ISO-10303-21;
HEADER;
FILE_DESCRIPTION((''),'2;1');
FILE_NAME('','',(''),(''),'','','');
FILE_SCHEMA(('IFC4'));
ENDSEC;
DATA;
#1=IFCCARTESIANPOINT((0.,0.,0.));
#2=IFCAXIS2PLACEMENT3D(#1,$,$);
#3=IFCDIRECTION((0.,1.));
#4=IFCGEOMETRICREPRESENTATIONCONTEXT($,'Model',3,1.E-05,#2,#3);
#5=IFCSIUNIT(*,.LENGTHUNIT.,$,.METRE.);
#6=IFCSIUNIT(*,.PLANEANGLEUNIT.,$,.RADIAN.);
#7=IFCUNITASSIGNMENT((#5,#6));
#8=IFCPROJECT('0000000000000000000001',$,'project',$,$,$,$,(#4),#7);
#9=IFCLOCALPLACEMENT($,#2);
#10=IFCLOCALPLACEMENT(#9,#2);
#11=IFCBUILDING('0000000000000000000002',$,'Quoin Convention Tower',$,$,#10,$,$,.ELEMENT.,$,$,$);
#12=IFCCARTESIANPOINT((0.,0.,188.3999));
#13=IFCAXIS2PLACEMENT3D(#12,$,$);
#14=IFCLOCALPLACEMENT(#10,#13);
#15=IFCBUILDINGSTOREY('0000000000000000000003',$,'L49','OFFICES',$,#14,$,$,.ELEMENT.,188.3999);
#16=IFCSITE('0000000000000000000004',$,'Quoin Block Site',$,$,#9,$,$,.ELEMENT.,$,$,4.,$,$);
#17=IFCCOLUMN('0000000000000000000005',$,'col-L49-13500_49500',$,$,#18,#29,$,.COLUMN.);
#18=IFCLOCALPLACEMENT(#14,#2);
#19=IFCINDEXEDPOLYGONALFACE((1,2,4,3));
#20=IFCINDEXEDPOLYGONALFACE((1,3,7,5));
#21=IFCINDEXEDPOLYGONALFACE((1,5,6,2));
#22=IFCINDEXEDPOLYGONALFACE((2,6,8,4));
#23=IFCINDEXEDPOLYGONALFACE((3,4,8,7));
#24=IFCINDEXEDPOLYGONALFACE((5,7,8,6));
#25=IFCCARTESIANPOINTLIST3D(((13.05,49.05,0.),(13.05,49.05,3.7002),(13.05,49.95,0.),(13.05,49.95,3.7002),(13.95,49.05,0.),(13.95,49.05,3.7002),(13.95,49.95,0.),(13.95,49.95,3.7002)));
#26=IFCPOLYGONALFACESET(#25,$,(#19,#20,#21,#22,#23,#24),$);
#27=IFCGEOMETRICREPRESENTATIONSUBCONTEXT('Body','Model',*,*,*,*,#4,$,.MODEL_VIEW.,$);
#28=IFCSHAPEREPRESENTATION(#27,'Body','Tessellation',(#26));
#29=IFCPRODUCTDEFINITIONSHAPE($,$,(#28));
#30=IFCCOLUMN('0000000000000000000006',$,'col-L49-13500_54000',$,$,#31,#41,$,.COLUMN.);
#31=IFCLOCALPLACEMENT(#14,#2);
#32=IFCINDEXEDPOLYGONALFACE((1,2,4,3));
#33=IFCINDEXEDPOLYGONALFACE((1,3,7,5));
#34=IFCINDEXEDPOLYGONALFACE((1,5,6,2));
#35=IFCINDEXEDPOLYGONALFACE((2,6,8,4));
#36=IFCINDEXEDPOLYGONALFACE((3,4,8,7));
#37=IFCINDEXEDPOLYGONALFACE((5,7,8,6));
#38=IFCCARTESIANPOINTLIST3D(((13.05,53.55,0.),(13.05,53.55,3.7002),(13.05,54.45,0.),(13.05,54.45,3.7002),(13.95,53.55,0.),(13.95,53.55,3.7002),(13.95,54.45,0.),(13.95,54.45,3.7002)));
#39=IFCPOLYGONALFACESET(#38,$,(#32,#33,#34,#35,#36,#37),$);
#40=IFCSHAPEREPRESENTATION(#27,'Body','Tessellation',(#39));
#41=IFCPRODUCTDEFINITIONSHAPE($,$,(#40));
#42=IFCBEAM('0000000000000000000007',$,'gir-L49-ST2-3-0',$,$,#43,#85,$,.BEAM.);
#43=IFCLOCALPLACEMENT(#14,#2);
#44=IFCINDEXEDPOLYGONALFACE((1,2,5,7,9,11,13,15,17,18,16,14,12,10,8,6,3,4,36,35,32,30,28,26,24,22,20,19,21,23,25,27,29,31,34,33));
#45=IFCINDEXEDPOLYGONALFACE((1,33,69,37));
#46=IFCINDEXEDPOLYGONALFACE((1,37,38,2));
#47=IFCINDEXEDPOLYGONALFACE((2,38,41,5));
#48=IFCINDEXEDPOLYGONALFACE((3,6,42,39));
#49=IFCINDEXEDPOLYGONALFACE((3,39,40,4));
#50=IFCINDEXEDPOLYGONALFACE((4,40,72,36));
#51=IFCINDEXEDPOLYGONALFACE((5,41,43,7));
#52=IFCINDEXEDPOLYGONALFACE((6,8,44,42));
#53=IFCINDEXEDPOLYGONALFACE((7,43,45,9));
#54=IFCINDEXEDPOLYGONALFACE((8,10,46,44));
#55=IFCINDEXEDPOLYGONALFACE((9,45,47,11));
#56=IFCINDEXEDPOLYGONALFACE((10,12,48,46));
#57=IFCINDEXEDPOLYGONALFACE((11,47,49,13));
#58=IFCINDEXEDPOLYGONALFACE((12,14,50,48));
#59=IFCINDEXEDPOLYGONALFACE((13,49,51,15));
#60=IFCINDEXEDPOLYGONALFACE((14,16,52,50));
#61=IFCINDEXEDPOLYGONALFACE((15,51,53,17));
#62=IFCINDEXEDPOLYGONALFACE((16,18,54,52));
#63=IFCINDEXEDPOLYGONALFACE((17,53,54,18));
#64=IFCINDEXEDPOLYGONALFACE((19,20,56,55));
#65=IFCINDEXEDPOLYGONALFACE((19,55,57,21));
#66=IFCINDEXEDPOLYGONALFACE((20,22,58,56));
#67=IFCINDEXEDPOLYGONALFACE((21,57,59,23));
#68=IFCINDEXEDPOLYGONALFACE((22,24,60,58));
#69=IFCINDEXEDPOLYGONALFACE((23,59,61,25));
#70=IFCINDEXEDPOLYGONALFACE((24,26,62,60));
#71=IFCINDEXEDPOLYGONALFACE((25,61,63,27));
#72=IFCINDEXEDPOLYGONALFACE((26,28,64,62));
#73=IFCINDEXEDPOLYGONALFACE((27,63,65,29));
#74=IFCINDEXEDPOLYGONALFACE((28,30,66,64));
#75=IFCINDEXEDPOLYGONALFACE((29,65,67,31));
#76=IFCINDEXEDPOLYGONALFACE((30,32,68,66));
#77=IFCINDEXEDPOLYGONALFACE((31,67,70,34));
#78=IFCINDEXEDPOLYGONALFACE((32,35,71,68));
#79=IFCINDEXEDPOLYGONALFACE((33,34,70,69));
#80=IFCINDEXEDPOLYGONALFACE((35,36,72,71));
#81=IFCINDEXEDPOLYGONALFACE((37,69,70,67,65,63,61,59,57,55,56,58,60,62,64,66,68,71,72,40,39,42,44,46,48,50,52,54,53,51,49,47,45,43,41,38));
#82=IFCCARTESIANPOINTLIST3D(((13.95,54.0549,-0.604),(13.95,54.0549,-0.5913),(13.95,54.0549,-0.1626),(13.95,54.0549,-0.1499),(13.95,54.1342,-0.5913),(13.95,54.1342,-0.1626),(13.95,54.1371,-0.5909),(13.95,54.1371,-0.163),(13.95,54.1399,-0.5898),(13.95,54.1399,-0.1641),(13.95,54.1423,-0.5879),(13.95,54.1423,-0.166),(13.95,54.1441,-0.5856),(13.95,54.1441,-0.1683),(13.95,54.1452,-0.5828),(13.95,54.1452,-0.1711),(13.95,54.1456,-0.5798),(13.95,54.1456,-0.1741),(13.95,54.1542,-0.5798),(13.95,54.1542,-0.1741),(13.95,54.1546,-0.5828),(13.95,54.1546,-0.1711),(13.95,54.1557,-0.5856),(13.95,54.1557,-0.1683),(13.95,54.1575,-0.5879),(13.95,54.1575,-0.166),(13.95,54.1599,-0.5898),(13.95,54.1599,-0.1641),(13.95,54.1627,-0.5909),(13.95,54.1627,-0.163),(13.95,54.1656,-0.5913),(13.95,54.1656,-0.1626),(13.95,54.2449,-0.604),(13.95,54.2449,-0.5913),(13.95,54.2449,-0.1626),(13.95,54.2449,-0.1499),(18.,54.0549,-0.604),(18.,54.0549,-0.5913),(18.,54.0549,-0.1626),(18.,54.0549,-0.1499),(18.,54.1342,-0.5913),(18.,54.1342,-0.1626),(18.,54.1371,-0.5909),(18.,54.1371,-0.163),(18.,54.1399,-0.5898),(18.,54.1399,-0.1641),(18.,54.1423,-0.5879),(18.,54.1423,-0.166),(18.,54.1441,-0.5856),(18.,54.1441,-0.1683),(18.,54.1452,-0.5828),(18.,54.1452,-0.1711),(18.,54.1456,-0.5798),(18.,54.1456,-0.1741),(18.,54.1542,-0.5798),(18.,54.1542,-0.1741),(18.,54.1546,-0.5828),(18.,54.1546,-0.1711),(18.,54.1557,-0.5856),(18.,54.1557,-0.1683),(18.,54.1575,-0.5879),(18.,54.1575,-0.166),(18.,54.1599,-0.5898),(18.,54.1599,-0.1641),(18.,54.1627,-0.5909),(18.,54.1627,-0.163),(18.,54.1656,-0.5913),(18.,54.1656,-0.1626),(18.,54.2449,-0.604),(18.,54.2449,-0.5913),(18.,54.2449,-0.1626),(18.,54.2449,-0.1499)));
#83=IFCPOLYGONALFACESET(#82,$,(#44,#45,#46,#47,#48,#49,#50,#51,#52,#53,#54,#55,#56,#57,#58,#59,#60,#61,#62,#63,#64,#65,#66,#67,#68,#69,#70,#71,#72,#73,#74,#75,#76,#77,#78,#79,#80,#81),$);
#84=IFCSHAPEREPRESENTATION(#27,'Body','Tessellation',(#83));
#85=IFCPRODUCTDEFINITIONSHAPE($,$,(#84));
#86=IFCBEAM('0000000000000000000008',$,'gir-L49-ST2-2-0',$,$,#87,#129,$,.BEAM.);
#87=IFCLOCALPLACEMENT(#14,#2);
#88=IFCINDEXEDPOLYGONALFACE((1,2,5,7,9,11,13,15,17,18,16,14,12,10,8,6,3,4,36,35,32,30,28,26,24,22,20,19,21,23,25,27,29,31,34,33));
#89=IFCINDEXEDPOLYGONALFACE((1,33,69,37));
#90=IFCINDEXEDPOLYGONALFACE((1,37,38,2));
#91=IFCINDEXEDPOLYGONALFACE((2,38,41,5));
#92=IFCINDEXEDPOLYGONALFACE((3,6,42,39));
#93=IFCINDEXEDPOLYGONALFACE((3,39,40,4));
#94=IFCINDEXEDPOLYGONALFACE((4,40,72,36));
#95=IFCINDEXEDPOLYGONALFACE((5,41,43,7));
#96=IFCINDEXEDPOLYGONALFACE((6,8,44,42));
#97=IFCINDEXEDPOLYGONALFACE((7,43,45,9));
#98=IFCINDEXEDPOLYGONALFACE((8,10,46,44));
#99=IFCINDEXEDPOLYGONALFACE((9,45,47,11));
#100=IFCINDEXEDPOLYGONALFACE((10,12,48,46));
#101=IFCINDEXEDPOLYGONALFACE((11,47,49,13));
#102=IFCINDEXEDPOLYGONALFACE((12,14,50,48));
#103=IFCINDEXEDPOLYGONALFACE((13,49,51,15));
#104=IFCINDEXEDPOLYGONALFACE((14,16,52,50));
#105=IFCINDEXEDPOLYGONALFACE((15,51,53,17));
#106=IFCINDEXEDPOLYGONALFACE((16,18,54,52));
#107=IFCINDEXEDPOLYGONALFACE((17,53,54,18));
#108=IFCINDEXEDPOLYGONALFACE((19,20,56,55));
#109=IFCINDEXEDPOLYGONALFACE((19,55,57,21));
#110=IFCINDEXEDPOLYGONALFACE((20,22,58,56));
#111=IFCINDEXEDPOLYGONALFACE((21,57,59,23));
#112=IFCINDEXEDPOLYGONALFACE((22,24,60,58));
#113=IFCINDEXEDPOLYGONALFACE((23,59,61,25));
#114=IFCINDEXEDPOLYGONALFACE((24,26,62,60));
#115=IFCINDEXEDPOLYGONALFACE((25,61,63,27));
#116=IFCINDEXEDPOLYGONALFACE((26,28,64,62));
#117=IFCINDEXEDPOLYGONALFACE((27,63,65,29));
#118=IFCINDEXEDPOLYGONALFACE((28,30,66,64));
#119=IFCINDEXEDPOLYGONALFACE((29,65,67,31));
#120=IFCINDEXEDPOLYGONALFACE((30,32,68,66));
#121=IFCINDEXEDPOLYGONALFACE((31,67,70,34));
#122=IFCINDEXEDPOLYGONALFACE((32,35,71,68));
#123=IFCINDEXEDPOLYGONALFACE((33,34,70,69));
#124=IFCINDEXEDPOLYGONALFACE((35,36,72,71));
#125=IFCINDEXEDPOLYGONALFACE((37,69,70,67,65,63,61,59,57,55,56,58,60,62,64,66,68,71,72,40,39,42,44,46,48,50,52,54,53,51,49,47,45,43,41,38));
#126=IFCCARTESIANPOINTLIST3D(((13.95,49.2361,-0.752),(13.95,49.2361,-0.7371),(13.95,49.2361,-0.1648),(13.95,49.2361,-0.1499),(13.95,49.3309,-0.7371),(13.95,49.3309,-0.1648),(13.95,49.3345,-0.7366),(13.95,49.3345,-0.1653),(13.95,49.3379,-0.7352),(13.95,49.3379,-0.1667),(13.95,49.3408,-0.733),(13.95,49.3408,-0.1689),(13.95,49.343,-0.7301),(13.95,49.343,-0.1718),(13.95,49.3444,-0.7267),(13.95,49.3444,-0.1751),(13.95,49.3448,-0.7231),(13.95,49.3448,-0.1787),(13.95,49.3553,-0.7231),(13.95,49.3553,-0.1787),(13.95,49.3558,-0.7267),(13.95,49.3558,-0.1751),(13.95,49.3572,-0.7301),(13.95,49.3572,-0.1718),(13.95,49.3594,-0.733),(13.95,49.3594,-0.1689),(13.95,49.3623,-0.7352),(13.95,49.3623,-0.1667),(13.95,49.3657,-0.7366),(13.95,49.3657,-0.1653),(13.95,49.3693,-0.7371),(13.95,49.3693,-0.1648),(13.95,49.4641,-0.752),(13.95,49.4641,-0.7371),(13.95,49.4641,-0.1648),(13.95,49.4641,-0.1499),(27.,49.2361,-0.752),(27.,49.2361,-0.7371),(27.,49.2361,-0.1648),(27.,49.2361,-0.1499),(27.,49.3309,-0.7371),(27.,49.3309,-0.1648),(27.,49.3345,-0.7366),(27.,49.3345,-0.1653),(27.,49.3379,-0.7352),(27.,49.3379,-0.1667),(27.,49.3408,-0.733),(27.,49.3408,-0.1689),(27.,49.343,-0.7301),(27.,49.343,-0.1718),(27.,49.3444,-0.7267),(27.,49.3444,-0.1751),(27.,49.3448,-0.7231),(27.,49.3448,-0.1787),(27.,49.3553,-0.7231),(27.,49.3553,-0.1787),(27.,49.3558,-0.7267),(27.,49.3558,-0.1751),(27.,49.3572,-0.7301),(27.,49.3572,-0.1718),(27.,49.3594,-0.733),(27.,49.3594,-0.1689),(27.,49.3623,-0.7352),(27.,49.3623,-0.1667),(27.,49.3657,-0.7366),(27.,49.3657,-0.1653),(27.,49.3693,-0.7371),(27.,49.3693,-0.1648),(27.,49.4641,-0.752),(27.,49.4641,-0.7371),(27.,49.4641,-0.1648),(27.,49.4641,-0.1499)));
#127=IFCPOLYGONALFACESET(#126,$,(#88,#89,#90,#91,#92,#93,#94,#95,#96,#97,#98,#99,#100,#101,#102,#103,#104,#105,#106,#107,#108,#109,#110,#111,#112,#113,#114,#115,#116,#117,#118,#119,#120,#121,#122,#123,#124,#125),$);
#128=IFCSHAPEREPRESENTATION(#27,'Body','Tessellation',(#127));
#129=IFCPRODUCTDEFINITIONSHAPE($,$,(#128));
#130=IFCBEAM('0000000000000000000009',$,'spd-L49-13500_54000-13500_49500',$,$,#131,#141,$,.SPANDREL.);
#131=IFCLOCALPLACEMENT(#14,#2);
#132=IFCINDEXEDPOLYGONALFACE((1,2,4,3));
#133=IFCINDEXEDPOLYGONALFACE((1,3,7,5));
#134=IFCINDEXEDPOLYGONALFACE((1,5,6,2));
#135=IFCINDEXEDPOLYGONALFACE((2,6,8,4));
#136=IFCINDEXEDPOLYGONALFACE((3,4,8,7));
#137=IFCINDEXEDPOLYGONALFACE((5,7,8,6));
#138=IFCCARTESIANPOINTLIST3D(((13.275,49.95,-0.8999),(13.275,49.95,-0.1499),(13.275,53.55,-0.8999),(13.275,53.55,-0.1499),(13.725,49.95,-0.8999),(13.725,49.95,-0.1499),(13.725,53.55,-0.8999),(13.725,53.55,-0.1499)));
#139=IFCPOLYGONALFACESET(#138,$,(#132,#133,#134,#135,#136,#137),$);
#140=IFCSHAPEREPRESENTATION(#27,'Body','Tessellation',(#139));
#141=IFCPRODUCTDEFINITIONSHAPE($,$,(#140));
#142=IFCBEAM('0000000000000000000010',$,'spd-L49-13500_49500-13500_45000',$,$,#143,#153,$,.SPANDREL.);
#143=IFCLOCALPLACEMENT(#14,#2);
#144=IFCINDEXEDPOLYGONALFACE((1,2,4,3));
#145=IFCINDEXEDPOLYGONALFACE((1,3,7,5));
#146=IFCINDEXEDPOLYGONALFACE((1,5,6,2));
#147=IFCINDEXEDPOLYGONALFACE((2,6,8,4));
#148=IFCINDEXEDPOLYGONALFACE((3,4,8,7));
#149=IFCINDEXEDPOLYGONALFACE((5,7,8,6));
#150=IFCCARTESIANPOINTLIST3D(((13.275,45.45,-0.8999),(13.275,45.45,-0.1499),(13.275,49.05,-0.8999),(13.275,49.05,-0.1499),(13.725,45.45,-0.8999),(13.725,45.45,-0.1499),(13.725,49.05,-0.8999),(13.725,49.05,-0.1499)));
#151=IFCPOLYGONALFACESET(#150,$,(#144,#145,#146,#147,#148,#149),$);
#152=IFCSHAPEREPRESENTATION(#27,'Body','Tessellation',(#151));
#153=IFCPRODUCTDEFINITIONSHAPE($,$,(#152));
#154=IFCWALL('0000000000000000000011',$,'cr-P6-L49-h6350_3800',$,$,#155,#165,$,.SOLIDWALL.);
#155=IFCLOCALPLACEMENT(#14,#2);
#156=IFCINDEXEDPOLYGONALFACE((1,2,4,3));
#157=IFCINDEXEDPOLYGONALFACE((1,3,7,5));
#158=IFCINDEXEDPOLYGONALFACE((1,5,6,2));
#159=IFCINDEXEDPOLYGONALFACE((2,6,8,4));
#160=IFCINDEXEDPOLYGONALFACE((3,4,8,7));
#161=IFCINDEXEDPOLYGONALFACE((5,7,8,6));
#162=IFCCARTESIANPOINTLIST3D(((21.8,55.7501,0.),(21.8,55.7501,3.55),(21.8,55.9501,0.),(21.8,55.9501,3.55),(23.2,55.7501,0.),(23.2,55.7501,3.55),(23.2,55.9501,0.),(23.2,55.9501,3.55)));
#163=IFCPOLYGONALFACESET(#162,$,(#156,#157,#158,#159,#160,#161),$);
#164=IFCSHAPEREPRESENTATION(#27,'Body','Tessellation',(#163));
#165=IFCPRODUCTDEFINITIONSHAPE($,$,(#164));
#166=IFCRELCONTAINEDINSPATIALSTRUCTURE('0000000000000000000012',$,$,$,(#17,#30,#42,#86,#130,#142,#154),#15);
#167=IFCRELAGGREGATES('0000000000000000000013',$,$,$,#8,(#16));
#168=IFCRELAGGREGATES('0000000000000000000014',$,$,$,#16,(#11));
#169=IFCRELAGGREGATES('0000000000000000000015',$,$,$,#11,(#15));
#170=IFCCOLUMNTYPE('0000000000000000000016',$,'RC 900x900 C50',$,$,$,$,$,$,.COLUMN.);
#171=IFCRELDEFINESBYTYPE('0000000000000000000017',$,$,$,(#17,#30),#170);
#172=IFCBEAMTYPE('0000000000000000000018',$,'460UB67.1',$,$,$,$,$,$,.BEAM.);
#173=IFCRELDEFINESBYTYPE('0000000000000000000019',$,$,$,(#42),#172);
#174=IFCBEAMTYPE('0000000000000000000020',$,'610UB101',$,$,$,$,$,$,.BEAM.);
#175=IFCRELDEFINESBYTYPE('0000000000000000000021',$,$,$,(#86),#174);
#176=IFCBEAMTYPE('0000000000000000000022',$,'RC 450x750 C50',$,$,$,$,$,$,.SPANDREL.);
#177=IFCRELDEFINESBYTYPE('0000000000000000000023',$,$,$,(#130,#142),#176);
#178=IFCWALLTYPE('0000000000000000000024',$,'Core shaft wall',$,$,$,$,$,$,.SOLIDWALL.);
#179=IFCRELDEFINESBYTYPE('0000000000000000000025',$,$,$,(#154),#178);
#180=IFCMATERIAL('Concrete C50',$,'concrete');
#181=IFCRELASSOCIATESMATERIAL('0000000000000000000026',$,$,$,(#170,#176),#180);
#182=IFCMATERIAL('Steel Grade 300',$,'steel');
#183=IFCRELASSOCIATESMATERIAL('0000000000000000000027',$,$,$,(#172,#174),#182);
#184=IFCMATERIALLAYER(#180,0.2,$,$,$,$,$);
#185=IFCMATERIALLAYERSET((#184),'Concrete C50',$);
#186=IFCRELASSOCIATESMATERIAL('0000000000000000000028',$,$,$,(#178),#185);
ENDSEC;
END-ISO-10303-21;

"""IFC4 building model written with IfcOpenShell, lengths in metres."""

from ifc_helpers import new_model, si_unit, direction, frame, frame_2d, origin, origin_2d, place, context, subcontext, project, spatial, rectangle, i_section, extrude, material, layer, layer_set, material_profile, profile_set, type_object, element, save


model = new_model("IFC4")

# Units and contexts
model_context = context("Model", 3, precision=1e-05, world=origin(), true_north=direction((0.0, 1.0)))
body_context = subcontext(model_context, "Body", "Model", "MODEL_VIEW")
ifc_project = project(units=[si_unit("LENGTHUNIT", "METRE"), si_unit("PLANEANGLEUNIT", "RADIAN")], contexts=[model_context])

# Site, building, storey
site_placement = place(None, origin())
site = spatial("IfcSite", under=ifc_project, at=site_placement, Name="Quoin Block Site", CompositionType="ELEMENT", RefElevation=4.0)
building_placement = place(site_placement, origin())
building = spatial("IfcBuilding", under=site, at=building_placement, Name="Quoin Convention Tower", CompositionType="ELEMENT")
storey_placement = place(building_placement, frame((0.0, 0.0, 188.3999)))
storey = spatial("IfcBuildingStorey", under=building, at=storey_placement, Name="L49", Description="OFFICES", CompositionType="ELEMENT", Elevation=188.3999)

# Columns
ifc_material_1 = material(Name="Concrete C50", Category="concrete")
ifc_material_profile_1 = material_profile(ifc_material_1, rectangle(XDim=0.8999, YDim=0.8999, at=origin_2d()), Name="RC 900x900")
ifc_profile_set_1 = profile_set([ifc_material_profile_1], Name="Concrete C50")
column_type = type_object("IfcColumnType", Name="RC 900x900 C50", PredefinedType="COLUMN", material=ifc_profile_set_1)
for number, where, z_axis, x_axis, name in (
    (1, (13.5, 49.5, 0.0), (0.0, 0.0, 1.0), (1.0, 0.0, 0.0), "col-L49-13500_49500"),
    (2, (13.5, 54.0, 0.0), (0.0, 0.0, 1.0), (1.0, 0.0, 0.0), "col-L49-13500_54000"),
):
    element("IfcColumn", number, at=place(storey_placement, frame(where, z_axis=z_axis, x_axis=x_axis)), inside=storey, type_object=column_type, Name=name, PredefinedType="COLUMN", context=body_context, shape_type="SweptSolid", body=[
        extrude(rectangle(XDim=0.8999, YDim=0.8999, at=origin_2d()), origin(), (0.0, 0.0, 1.0), 3.7002),
    ])

# Beams
ifc_material_2 = material(Name="Steel Grade 300", Category="steel")
ifc_material_profile_2 = material_profile(ifc_material_2, i_section(OverallWidth=0.1899, OverallDepth=0.4541, WebThickness=0.0085, FlangeThickness=0.0127, FilletRadius=0.0115, at=origin_2d()), Name="460UB67.1")
ifc_profile_set_2 = profile_set([ifc_material_profile_2], Name="Steel Grade 300")
beam_type_1 = type_object("IfcBeamType", Name="460UB67.1", PredefinedType="BEAM", material=ifc_profile_set_2)
beam_1_placement = place(storey_placement, frame((13.95, 54.1499, -0.377), z_axis=(1.0, 0.0, 0.0), x_axis=(0.0, 1.0, 0.0)))
element("IfcBeam", 3, at=beam_1_placement, inside=storey, type_object=beam_type_1, Name="gir-L49-ST2-3-0", PredefinedType="BEAM", context=body_context, shape_type="SweptSolid", body=[
    extrude(i_section(OverallWidth=0.1899, OverallDepth=0.4541, WebThickness=0.0085, FlangeThickness=0.0127, FilletRadius=0.0115, at=origin_2d()), origin(), (0.0, 0.0, 1.0), 4.05),
])
ifc_material_profile_3 = material_profile(ifc_material_2, i_section(OverallWidth=0.228, OverallDepth=0.6021, WebThickness=0.0105, FlangeThickness=0.0149, FilletRadius=0.0139, at=origin_2d()), Name="610UB101")
ifc_profile_set_3 = profile_set([ifc_material_profile_3], Name="Steel Grade 300")
beam_type_2 = type_object("IfcBeamType", Name="610UB101", PredefinedType="BEAM", material=ifc_profile_set_3)
beam_2_placement = place(storey_placement, frame((13.95, 49.3501, -0.4509), z_axis=(1.0, 0.0, 0.0), x_axis=(0.0, 1.0, 0.0)))
element("IfcBeam", 4, at=beam_2_placement, inside=storey, type_object=beam_type_2, Name="gir-L49-ST2-2-0", PredefinedType="BEAM", context=body_context, shape_type="SweptSolid", body=[
    extrude(i_section(OverallWidth=0.228, OverallDepth=0.6021, WebThickness=0.0105, FlangeThickness=0.0149, FilletRadius=0.0139, at=origin_2d()), origin(), (0.0, 0.0, 1.0), 13.05),
])
ifc_material_profile_4 = material_profile(ifc_material_1, rectangle(XDim=0.45, YDim=0.75, at=origin_2d()), Name="RC 450x750")
ifc_profile_set_4 = profile_set([ifc_material_profile_4], Name="Concrete C50")
beam_type_3 = type_object("IfcBeamType", Name="RC 450x750 C50", PredefinedType="SPANDREL", material=ifc_profile_set_4)
for number, where, z_axis, x_axis, name in (
    (5, (13.5, 53.55, -0.5249), (0.0, -1.0, 0.0), (1.0, 0.0, 0.0), "spd-L49-13500_54000-13500_49500"),
    (6, (13.5, 49.05, -0.5249), (0.0, -1.0, 0.0), (1.0, 0.0, 0.0), "spd-L49-13500_49500-13500_45000"),
):
    element("IfcBeam", number, at=place(storey_placement, frame(where, z_axis=z_axis, x_axis=x_axis)), inside=storey, type_object=beam_type_3, Name=name, PredefinedType="SPANDREL", context=body_context, shape_type="SweptSolid", body=[
        extrude(rectangle(XDim=0.45, YDim=0.75, at=origin_2d()), origin(), (0.0, 0.0, 1.0), 3.6001),
    ])

# Wall
ifc_layer_1 = layer(ifc_material_1, 0.2)
ifc_layer_set_1 = layer_set([ifc_layer_1], Name="Concrete C50")
wall_type_1 = type_object("IfcWallType", Name="Core shaft wall", PredefinedType="SOLIDWALL", material=ifc_layer_set_1)
wall_1_placement = place(storey_placement, frame((21.8, 55.8501, 0.0), z_axis=(0.0, 0.0, 1.0), x_axis=(1.0, 0.0, 0.0)))
element("IfcWall", 7, at=wall_1_placement, inside=storey, type_object=wall_type_1, Name="cr-P6-L49-h6350_3800", PredefinedType="SOLIDWALL", context=body_context, shape_type="SweptSolid", body=[
    extrude(rectangle(XDim=1.3999, YDim=0.2, at=frame_2d((0.7, 0.0))), origin(), (0.0, 0.0, 1.0), 3.55),
])

save(model, "model.ifc")
